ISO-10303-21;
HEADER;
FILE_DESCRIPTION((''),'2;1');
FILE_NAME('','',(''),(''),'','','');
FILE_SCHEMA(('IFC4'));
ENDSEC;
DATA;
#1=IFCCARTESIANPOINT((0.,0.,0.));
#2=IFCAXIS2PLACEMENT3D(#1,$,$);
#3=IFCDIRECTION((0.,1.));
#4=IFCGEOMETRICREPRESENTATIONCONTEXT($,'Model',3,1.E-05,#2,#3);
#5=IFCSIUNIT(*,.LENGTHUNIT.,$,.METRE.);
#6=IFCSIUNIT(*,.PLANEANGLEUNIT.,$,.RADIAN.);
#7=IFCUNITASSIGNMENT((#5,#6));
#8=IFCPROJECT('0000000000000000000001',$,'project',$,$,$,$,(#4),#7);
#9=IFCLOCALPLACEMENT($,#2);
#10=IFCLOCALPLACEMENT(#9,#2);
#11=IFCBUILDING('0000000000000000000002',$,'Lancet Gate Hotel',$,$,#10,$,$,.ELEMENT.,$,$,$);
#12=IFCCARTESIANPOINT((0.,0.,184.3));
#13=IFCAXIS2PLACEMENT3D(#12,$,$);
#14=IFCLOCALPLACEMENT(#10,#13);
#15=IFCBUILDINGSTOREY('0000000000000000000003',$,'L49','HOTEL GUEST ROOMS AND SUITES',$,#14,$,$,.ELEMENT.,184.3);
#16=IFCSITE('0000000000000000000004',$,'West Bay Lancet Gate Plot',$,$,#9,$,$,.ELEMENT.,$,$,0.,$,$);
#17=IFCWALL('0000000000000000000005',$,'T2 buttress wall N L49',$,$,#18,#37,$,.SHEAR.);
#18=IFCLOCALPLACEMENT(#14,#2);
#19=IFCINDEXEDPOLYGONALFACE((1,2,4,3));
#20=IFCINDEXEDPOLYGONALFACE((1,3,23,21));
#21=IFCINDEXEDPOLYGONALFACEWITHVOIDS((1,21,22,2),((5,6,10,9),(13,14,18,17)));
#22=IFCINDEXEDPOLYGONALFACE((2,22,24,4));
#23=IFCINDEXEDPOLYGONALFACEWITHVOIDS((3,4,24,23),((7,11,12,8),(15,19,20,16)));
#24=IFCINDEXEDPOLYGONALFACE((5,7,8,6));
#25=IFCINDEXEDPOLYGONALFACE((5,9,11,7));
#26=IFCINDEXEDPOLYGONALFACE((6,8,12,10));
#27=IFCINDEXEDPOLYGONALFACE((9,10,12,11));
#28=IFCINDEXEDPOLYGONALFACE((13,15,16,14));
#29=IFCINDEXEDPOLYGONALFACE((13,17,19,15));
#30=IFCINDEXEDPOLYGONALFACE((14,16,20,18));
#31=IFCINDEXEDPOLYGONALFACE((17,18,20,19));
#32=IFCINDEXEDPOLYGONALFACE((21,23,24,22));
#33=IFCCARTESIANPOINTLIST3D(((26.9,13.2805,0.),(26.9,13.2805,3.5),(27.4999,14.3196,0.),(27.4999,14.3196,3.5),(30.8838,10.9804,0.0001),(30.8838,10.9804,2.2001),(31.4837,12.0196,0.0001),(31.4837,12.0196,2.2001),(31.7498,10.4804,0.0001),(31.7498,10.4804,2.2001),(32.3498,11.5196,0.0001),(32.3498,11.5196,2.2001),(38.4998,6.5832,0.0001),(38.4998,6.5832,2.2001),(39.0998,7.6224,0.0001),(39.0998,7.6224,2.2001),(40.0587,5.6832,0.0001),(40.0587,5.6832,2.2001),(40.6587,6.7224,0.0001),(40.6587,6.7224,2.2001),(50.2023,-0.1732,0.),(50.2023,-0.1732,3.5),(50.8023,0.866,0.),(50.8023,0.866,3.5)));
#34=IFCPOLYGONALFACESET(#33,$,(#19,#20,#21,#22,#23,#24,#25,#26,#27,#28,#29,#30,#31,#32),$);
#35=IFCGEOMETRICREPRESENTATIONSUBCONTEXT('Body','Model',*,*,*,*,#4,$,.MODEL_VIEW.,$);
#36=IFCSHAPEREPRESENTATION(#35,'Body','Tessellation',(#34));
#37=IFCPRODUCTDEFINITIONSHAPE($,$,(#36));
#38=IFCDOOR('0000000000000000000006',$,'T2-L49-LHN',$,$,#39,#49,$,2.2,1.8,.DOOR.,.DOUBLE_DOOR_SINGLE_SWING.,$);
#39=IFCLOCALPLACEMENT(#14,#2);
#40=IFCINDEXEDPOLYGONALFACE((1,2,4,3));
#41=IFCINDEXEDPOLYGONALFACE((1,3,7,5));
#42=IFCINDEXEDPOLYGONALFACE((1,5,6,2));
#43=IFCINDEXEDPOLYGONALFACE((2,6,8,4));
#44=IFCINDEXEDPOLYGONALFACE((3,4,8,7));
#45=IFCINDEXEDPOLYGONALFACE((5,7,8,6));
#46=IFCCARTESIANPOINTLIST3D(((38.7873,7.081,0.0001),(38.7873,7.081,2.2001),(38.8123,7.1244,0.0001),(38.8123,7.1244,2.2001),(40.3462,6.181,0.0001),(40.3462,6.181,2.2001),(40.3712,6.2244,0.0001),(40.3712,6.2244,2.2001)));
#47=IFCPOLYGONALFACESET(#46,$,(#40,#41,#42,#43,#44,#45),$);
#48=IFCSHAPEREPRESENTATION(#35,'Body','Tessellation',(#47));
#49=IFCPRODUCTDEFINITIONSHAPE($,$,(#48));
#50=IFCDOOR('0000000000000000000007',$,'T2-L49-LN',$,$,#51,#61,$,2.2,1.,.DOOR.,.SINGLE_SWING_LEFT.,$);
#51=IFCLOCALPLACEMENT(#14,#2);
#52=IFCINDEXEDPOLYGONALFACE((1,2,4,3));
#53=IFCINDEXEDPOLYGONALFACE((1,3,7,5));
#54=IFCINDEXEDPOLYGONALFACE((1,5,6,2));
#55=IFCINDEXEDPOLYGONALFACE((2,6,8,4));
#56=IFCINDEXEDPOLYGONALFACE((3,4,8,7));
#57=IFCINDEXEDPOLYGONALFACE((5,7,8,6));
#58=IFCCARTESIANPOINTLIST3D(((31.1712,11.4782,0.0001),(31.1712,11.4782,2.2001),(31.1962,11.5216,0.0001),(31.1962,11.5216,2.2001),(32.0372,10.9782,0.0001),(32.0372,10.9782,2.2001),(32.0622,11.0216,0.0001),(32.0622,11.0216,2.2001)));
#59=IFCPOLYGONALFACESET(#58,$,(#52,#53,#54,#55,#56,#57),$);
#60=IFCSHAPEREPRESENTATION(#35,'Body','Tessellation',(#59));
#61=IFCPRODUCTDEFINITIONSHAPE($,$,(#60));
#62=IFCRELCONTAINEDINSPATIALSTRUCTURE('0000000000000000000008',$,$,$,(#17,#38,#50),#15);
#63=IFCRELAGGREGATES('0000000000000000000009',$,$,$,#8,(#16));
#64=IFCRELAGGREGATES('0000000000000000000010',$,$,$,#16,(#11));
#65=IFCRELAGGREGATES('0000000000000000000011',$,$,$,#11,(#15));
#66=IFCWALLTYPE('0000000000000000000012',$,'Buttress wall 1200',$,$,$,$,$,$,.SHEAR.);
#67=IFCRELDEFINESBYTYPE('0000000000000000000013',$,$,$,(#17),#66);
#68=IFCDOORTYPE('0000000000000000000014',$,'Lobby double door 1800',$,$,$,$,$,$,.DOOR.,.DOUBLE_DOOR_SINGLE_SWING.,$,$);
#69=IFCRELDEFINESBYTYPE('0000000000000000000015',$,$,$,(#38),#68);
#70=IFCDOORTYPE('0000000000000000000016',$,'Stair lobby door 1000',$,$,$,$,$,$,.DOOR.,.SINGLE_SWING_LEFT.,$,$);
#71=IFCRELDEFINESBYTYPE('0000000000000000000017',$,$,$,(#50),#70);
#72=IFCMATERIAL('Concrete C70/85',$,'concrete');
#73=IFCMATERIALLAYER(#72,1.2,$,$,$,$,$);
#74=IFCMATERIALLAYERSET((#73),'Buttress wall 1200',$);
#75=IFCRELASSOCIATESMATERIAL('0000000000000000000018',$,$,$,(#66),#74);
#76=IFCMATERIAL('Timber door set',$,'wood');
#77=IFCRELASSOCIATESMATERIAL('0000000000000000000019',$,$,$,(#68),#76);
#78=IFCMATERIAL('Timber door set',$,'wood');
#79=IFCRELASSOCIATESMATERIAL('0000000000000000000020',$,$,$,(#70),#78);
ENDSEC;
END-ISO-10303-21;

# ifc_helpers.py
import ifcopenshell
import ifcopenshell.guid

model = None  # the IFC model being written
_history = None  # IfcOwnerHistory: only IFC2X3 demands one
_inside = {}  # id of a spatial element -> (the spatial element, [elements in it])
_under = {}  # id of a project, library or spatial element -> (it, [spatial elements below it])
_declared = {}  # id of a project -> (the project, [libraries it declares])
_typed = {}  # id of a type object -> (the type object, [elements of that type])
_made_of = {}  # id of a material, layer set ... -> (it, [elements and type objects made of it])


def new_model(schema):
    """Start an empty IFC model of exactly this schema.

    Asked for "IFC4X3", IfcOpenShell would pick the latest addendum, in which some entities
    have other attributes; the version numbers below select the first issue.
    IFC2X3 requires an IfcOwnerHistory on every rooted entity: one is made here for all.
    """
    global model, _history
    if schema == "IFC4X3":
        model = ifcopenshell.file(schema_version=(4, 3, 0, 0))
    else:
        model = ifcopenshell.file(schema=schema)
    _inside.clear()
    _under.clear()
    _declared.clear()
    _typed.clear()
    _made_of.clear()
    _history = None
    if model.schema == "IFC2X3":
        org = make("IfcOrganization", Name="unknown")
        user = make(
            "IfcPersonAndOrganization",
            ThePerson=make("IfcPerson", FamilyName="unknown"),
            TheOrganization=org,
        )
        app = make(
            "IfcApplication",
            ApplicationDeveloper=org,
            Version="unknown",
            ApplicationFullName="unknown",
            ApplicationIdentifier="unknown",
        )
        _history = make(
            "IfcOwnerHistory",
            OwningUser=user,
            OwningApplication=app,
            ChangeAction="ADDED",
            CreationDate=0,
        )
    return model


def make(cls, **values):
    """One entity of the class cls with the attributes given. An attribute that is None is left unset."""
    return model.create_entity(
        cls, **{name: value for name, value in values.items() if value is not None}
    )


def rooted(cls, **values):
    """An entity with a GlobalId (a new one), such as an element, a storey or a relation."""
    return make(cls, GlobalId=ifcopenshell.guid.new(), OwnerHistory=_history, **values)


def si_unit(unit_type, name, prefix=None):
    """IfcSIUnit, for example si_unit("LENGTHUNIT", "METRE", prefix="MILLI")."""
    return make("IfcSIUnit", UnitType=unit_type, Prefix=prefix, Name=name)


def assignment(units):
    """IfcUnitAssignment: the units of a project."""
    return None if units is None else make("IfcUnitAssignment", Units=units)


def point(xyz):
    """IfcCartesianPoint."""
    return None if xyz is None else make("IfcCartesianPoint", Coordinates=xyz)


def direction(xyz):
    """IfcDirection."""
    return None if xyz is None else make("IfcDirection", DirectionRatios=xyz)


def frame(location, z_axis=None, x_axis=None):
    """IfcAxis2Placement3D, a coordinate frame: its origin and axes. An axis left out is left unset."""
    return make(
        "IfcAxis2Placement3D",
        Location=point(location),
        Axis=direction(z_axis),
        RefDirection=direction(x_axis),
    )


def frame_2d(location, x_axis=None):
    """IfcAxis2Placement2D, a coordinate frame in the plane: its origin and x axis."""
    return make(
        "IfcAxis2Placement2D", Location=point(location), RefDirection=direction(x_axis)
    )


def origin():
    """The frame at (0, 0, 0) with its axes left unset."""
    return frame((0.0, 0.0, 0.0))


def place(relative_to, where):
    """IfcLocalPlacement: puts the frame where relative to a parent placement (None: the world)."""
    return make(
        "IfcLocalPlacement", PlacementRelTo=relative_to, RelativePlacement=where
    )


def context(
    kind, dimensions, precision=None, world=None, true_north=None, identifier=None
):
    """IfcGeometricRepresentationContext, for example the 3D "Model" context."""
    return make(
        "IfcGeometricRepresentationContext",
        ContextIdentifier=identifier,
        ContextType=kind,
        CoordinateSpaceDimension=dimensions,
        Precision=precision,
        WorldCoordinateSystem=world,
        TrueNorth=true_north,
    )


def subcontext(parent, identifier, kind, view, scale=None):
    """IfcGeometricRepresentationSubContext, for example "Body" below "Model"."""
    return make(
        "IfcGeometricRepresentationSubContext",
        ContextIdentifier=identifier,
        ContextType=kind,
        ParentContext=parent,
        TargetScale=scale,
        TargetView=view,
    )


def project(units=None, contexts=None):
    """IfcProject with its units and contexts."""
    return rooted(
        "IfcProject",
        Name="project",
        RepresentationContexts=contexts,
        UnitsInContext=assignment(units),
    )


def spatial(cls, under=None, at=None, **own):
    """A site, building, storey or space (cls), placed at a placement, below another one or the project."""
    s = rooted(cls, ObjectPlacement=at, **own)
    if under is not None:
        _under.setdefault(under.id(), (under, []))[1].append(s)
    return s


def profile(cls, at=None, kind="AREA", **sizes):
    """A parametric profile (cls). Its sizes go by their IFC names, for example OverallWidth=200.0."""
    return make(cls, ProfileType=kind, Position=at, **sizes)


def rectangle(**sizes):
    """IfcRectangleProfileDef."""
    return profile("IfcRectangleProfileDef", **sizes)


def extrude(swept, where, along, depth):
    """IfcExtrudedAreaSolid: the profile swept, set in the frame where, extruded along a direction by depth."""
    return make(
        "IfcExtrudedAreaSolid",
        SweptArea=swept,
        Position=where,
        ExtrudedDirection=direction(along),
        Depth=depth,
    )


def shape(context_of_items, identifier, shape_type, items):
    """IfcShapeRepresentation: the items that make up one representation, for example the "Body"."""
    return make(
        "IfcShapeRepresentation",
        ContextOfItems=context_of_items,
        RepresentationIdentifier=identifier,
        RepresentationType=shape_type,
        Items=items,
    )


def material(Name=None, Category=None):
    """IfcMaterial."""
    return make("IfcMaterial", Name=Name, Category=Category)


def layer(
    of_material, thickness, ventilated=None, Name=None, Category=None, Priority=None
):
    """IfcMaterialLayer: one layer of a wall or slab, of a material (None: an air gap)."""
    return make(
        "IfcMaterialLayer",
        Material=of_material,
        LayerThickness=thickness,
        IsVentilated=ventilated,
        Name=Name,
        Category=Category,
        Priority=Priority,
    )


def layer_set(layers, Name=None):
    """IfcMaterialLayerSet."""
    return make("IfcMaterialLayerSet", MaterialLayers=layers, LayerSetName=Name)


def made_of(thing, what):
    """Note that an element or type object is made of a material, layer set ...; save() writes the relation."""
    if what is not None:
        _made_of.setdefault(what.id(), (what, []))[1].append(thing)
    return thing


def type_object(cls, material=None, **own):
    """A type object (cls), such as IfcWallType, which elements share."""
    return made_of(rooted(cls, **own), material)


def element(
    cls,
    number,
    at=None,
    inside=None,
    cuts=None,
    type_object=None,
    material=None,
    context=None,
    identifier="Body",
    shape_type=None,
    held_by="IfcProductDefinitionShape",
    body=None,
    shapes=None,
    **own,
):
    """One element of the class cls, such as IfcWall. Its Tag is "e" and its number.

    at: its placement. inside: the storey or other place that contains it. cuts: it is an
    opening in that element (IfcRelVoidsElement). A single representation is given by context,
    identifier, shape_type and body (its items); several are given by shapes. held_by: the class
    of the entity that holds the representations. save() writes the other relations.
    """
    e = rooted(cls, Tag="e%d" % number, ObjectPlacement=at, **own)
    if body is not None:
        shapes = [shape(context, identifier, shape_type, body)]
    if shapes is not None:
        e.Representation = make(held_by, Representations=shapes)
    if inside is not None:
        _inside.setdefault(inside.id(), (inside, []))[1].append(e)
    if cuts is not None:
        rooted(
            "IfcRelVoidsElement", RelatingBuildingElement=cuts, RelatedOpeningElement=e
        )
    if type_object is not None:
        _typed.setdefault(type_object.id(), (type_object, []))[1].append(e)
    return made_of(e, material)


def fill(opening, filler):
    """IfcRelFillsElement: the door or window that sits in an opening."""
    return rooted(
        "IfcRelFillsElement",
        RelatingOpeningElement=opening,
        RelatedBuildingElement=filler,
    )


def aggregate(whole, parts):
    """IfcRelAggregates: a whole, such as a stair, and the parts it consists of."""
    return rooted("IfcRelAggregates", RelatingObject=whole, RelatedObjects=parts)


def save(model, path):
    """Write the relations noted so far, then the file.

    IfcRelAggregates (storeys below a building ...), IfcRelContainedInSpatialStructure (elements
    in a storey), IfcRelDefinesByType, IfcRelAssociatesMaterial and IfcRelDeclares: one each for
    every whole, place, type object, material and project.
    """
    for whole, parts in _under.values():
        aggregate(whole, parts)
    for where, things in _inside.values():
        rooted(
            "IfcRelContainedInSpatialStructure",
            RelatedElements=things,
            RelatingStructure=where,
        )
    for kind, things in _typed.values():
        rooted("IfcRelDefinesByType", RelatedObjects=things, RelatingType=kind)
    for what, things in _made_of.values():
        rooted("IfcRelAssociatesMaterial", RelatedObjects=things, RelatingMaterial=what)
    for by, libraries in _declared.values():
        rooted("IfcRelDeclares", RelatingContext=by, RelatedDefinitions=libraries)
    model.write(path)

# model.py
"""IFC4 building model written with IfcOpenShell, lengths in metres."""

from ifc_helpers import new_model, si_unit, direction, frame, frame_2d, origin, place, context, subcontext, project, spatial, rectangle, extrude, material, layer, layer_set, type_object, element, fill, save


model = new_model("IFC4")

# Units and contexts
model_context = context("Model", 3, precision=1e-05, world=origin(), true_north=direction((0.0, 1.0)))
body_context = subcontext(model_context, "Body", "Model", "MODEL_VIEW")
ifc_project = project(units=[si_unit("LENGTHUNIT", "METRE"), si_unit("PLANEANGLEUNIT", "RADIAN")], contexts=[model_context])

# Site, building, storey
site_placement = place(None, origin())
site = spatial("IfcSite", under=ifc_project, at=site_placement, Name="West Bay Lancet Gate Plot", CompositionType="ELEMENT", RefElevation=0.0)
building_placement = place(site_placement, origin())
building = spatial("IfcBuilding", under=site, at=building_placement, Name="Lancet Gate Hotel", CompositionType="ELEMENT")
storey_placement = place(building_placement, frame((0.0, 0.0, 184.3)))
storey = spatial("IfcBuildingStorey", under=building, at=storey_placement, Name="L49", Description="HOTEL GUEST ROOMS AND SUITES", CompositionType="ELEMENT", Elevation=184.3)

# Wall, openings, doors
ifc_material_1 = material(Name="Concrete C70/85", Category="concrete")
ifc_layer_1 = layer(ifc_material_1, 1.2)
ifc_layer_set_1 = layer_set([ifc_layer_1], Name="Buttress wall 1200")
wall_type = type_object("IfcWallType", Name="Buttress wall 1200", PredefinedType="SHEAR", material=ifc_layer_set_1)
wall_placement = place(storey_placement, frame((27.2, 13.8, 0.0), z_axis=(0.0, 0.0, 1.0), x_axis=(0.866025, -0.500002, 0.0)))
wall = element("IfcWall", 1, at=wall_placement, inside=storey, type_object=wall_type, Name="T2 buttress wall N L49", PredefinedType="SHEAR", context=body_context, shape_type="SweptSolid", body=[
    extrude(rectangle(XDim=26.9072, YDim=1.2, at=frame_2d((13.4536, 0.0))), origin(), (0.0, 0.0, 1.0), 3.5),
])
opening_1_placement = place(wall_placement, frame((4.6001, 0.0, 0.0)))
opening_1 = element("IfcOpeningElement", 2, at=opening_1_placement, cuts=wall, PredefinedType="OPENING", context=body_context, shape_type="SweptSolid", body=[
    extrude(rectangle(XDim=1.0, YDim=2.2, at=frame_2d((0.5, 1.1001))), frame((0.0, 0.6099, 0.0), z_axis=(0.0, -1.0, 0.0), x_axis=(1.0, 0.0, 0.0)), (0.0, 0.0, 1.0), 1.22),
])
opening_2_placement = place(wall_placement, frame((13.3945, 0.0, 0.0)))
opening_2 = element("IfcOpeningElement", 3, at=opening_2_placement, cuts=wall, PredefinedType="OPENING", context=body_context, shape_type="SweptSolid", body=[
    extrude(rectangle(XDim=1.8, YDim=2.2, at=frame_2d((0.8999, 1.1001))), frame((0.0, 0.6099, 0.0), z_axis=(0.0, -1.0, 0.0), x_axis=(1.0, 0.0, 0.0)), (0.0, 0.0, 1.0), 1.22),
])
ifc_material_2 = material(Name="Timber door set", Category="wood")
door_type_1 = type_object("IfcDoorType", Name="Lobby double door 1800", OperationType="DOUBLE_DOOR_SINGLE_SWING", PredefinedType="DOOR", material=ifc_material_2)
door_1_placement = place(opening_2_placement, origin())
door_1 = element("IfcDoor", 4, at=door_1_placement, inside=storey, type_object=door_type_1, Name="T2-L49-LHN", OperationType="DOUBLE_DOOR_SINGLE_SWING", OverallHeight=2.2, OverallWidth=1.8, PredefinedType="DOOR", context=body_context, shape_type="SweptSolid", body=[
    extrude(rectangle(XDim=1.8, YDim=2.2, at=frame_2d((0.8999, 1.1001))), frame((0.0, 0.0249, 0.0), z_axis=(0.0, -1.0, 0.0), x_axis=(1.0, 0.0, 0.0)), (0.0, 0.0, 1.0), 0.05),
])
fill(opening_2, door_1)
ifc_material_3 = material(Name="Timber door set", Category="wood")
door_type_2 = type_object("IfcDoorType", Name="Stair lobby door 1000", OperationType="SINGLE_SWING_LEFT", PredefinedType="DOOR", material=ifc_material_3)
door_2_placement = place(opening_1_placement, origin())
door_2 = element("IfcDoor", 5, at=door_2_placement, inside=storey, type_object=door_type_2, Name="T2-L49-LN", OperationType="SINGLE_SWING_LEFT", OverallHeight=2.2, OverallWidth=1.0, PredefinedType="DOOR", context=body_context, shape_type="SweptSolid", body=[
    extrude(rectangle(XDim=1.0, YDim=2.2, at=frame_2d((0.5, 1.1001))), frame((0.0, 0.0249, 0.0), z_axis=(0.0, -1.0, 0.0), x_axis=(1.0, 0.0, 0.0)), (0.0, 0.0, 1.0), 0.05),
])
fill(opening_1, door_2)

save(model, "model.ifc")
